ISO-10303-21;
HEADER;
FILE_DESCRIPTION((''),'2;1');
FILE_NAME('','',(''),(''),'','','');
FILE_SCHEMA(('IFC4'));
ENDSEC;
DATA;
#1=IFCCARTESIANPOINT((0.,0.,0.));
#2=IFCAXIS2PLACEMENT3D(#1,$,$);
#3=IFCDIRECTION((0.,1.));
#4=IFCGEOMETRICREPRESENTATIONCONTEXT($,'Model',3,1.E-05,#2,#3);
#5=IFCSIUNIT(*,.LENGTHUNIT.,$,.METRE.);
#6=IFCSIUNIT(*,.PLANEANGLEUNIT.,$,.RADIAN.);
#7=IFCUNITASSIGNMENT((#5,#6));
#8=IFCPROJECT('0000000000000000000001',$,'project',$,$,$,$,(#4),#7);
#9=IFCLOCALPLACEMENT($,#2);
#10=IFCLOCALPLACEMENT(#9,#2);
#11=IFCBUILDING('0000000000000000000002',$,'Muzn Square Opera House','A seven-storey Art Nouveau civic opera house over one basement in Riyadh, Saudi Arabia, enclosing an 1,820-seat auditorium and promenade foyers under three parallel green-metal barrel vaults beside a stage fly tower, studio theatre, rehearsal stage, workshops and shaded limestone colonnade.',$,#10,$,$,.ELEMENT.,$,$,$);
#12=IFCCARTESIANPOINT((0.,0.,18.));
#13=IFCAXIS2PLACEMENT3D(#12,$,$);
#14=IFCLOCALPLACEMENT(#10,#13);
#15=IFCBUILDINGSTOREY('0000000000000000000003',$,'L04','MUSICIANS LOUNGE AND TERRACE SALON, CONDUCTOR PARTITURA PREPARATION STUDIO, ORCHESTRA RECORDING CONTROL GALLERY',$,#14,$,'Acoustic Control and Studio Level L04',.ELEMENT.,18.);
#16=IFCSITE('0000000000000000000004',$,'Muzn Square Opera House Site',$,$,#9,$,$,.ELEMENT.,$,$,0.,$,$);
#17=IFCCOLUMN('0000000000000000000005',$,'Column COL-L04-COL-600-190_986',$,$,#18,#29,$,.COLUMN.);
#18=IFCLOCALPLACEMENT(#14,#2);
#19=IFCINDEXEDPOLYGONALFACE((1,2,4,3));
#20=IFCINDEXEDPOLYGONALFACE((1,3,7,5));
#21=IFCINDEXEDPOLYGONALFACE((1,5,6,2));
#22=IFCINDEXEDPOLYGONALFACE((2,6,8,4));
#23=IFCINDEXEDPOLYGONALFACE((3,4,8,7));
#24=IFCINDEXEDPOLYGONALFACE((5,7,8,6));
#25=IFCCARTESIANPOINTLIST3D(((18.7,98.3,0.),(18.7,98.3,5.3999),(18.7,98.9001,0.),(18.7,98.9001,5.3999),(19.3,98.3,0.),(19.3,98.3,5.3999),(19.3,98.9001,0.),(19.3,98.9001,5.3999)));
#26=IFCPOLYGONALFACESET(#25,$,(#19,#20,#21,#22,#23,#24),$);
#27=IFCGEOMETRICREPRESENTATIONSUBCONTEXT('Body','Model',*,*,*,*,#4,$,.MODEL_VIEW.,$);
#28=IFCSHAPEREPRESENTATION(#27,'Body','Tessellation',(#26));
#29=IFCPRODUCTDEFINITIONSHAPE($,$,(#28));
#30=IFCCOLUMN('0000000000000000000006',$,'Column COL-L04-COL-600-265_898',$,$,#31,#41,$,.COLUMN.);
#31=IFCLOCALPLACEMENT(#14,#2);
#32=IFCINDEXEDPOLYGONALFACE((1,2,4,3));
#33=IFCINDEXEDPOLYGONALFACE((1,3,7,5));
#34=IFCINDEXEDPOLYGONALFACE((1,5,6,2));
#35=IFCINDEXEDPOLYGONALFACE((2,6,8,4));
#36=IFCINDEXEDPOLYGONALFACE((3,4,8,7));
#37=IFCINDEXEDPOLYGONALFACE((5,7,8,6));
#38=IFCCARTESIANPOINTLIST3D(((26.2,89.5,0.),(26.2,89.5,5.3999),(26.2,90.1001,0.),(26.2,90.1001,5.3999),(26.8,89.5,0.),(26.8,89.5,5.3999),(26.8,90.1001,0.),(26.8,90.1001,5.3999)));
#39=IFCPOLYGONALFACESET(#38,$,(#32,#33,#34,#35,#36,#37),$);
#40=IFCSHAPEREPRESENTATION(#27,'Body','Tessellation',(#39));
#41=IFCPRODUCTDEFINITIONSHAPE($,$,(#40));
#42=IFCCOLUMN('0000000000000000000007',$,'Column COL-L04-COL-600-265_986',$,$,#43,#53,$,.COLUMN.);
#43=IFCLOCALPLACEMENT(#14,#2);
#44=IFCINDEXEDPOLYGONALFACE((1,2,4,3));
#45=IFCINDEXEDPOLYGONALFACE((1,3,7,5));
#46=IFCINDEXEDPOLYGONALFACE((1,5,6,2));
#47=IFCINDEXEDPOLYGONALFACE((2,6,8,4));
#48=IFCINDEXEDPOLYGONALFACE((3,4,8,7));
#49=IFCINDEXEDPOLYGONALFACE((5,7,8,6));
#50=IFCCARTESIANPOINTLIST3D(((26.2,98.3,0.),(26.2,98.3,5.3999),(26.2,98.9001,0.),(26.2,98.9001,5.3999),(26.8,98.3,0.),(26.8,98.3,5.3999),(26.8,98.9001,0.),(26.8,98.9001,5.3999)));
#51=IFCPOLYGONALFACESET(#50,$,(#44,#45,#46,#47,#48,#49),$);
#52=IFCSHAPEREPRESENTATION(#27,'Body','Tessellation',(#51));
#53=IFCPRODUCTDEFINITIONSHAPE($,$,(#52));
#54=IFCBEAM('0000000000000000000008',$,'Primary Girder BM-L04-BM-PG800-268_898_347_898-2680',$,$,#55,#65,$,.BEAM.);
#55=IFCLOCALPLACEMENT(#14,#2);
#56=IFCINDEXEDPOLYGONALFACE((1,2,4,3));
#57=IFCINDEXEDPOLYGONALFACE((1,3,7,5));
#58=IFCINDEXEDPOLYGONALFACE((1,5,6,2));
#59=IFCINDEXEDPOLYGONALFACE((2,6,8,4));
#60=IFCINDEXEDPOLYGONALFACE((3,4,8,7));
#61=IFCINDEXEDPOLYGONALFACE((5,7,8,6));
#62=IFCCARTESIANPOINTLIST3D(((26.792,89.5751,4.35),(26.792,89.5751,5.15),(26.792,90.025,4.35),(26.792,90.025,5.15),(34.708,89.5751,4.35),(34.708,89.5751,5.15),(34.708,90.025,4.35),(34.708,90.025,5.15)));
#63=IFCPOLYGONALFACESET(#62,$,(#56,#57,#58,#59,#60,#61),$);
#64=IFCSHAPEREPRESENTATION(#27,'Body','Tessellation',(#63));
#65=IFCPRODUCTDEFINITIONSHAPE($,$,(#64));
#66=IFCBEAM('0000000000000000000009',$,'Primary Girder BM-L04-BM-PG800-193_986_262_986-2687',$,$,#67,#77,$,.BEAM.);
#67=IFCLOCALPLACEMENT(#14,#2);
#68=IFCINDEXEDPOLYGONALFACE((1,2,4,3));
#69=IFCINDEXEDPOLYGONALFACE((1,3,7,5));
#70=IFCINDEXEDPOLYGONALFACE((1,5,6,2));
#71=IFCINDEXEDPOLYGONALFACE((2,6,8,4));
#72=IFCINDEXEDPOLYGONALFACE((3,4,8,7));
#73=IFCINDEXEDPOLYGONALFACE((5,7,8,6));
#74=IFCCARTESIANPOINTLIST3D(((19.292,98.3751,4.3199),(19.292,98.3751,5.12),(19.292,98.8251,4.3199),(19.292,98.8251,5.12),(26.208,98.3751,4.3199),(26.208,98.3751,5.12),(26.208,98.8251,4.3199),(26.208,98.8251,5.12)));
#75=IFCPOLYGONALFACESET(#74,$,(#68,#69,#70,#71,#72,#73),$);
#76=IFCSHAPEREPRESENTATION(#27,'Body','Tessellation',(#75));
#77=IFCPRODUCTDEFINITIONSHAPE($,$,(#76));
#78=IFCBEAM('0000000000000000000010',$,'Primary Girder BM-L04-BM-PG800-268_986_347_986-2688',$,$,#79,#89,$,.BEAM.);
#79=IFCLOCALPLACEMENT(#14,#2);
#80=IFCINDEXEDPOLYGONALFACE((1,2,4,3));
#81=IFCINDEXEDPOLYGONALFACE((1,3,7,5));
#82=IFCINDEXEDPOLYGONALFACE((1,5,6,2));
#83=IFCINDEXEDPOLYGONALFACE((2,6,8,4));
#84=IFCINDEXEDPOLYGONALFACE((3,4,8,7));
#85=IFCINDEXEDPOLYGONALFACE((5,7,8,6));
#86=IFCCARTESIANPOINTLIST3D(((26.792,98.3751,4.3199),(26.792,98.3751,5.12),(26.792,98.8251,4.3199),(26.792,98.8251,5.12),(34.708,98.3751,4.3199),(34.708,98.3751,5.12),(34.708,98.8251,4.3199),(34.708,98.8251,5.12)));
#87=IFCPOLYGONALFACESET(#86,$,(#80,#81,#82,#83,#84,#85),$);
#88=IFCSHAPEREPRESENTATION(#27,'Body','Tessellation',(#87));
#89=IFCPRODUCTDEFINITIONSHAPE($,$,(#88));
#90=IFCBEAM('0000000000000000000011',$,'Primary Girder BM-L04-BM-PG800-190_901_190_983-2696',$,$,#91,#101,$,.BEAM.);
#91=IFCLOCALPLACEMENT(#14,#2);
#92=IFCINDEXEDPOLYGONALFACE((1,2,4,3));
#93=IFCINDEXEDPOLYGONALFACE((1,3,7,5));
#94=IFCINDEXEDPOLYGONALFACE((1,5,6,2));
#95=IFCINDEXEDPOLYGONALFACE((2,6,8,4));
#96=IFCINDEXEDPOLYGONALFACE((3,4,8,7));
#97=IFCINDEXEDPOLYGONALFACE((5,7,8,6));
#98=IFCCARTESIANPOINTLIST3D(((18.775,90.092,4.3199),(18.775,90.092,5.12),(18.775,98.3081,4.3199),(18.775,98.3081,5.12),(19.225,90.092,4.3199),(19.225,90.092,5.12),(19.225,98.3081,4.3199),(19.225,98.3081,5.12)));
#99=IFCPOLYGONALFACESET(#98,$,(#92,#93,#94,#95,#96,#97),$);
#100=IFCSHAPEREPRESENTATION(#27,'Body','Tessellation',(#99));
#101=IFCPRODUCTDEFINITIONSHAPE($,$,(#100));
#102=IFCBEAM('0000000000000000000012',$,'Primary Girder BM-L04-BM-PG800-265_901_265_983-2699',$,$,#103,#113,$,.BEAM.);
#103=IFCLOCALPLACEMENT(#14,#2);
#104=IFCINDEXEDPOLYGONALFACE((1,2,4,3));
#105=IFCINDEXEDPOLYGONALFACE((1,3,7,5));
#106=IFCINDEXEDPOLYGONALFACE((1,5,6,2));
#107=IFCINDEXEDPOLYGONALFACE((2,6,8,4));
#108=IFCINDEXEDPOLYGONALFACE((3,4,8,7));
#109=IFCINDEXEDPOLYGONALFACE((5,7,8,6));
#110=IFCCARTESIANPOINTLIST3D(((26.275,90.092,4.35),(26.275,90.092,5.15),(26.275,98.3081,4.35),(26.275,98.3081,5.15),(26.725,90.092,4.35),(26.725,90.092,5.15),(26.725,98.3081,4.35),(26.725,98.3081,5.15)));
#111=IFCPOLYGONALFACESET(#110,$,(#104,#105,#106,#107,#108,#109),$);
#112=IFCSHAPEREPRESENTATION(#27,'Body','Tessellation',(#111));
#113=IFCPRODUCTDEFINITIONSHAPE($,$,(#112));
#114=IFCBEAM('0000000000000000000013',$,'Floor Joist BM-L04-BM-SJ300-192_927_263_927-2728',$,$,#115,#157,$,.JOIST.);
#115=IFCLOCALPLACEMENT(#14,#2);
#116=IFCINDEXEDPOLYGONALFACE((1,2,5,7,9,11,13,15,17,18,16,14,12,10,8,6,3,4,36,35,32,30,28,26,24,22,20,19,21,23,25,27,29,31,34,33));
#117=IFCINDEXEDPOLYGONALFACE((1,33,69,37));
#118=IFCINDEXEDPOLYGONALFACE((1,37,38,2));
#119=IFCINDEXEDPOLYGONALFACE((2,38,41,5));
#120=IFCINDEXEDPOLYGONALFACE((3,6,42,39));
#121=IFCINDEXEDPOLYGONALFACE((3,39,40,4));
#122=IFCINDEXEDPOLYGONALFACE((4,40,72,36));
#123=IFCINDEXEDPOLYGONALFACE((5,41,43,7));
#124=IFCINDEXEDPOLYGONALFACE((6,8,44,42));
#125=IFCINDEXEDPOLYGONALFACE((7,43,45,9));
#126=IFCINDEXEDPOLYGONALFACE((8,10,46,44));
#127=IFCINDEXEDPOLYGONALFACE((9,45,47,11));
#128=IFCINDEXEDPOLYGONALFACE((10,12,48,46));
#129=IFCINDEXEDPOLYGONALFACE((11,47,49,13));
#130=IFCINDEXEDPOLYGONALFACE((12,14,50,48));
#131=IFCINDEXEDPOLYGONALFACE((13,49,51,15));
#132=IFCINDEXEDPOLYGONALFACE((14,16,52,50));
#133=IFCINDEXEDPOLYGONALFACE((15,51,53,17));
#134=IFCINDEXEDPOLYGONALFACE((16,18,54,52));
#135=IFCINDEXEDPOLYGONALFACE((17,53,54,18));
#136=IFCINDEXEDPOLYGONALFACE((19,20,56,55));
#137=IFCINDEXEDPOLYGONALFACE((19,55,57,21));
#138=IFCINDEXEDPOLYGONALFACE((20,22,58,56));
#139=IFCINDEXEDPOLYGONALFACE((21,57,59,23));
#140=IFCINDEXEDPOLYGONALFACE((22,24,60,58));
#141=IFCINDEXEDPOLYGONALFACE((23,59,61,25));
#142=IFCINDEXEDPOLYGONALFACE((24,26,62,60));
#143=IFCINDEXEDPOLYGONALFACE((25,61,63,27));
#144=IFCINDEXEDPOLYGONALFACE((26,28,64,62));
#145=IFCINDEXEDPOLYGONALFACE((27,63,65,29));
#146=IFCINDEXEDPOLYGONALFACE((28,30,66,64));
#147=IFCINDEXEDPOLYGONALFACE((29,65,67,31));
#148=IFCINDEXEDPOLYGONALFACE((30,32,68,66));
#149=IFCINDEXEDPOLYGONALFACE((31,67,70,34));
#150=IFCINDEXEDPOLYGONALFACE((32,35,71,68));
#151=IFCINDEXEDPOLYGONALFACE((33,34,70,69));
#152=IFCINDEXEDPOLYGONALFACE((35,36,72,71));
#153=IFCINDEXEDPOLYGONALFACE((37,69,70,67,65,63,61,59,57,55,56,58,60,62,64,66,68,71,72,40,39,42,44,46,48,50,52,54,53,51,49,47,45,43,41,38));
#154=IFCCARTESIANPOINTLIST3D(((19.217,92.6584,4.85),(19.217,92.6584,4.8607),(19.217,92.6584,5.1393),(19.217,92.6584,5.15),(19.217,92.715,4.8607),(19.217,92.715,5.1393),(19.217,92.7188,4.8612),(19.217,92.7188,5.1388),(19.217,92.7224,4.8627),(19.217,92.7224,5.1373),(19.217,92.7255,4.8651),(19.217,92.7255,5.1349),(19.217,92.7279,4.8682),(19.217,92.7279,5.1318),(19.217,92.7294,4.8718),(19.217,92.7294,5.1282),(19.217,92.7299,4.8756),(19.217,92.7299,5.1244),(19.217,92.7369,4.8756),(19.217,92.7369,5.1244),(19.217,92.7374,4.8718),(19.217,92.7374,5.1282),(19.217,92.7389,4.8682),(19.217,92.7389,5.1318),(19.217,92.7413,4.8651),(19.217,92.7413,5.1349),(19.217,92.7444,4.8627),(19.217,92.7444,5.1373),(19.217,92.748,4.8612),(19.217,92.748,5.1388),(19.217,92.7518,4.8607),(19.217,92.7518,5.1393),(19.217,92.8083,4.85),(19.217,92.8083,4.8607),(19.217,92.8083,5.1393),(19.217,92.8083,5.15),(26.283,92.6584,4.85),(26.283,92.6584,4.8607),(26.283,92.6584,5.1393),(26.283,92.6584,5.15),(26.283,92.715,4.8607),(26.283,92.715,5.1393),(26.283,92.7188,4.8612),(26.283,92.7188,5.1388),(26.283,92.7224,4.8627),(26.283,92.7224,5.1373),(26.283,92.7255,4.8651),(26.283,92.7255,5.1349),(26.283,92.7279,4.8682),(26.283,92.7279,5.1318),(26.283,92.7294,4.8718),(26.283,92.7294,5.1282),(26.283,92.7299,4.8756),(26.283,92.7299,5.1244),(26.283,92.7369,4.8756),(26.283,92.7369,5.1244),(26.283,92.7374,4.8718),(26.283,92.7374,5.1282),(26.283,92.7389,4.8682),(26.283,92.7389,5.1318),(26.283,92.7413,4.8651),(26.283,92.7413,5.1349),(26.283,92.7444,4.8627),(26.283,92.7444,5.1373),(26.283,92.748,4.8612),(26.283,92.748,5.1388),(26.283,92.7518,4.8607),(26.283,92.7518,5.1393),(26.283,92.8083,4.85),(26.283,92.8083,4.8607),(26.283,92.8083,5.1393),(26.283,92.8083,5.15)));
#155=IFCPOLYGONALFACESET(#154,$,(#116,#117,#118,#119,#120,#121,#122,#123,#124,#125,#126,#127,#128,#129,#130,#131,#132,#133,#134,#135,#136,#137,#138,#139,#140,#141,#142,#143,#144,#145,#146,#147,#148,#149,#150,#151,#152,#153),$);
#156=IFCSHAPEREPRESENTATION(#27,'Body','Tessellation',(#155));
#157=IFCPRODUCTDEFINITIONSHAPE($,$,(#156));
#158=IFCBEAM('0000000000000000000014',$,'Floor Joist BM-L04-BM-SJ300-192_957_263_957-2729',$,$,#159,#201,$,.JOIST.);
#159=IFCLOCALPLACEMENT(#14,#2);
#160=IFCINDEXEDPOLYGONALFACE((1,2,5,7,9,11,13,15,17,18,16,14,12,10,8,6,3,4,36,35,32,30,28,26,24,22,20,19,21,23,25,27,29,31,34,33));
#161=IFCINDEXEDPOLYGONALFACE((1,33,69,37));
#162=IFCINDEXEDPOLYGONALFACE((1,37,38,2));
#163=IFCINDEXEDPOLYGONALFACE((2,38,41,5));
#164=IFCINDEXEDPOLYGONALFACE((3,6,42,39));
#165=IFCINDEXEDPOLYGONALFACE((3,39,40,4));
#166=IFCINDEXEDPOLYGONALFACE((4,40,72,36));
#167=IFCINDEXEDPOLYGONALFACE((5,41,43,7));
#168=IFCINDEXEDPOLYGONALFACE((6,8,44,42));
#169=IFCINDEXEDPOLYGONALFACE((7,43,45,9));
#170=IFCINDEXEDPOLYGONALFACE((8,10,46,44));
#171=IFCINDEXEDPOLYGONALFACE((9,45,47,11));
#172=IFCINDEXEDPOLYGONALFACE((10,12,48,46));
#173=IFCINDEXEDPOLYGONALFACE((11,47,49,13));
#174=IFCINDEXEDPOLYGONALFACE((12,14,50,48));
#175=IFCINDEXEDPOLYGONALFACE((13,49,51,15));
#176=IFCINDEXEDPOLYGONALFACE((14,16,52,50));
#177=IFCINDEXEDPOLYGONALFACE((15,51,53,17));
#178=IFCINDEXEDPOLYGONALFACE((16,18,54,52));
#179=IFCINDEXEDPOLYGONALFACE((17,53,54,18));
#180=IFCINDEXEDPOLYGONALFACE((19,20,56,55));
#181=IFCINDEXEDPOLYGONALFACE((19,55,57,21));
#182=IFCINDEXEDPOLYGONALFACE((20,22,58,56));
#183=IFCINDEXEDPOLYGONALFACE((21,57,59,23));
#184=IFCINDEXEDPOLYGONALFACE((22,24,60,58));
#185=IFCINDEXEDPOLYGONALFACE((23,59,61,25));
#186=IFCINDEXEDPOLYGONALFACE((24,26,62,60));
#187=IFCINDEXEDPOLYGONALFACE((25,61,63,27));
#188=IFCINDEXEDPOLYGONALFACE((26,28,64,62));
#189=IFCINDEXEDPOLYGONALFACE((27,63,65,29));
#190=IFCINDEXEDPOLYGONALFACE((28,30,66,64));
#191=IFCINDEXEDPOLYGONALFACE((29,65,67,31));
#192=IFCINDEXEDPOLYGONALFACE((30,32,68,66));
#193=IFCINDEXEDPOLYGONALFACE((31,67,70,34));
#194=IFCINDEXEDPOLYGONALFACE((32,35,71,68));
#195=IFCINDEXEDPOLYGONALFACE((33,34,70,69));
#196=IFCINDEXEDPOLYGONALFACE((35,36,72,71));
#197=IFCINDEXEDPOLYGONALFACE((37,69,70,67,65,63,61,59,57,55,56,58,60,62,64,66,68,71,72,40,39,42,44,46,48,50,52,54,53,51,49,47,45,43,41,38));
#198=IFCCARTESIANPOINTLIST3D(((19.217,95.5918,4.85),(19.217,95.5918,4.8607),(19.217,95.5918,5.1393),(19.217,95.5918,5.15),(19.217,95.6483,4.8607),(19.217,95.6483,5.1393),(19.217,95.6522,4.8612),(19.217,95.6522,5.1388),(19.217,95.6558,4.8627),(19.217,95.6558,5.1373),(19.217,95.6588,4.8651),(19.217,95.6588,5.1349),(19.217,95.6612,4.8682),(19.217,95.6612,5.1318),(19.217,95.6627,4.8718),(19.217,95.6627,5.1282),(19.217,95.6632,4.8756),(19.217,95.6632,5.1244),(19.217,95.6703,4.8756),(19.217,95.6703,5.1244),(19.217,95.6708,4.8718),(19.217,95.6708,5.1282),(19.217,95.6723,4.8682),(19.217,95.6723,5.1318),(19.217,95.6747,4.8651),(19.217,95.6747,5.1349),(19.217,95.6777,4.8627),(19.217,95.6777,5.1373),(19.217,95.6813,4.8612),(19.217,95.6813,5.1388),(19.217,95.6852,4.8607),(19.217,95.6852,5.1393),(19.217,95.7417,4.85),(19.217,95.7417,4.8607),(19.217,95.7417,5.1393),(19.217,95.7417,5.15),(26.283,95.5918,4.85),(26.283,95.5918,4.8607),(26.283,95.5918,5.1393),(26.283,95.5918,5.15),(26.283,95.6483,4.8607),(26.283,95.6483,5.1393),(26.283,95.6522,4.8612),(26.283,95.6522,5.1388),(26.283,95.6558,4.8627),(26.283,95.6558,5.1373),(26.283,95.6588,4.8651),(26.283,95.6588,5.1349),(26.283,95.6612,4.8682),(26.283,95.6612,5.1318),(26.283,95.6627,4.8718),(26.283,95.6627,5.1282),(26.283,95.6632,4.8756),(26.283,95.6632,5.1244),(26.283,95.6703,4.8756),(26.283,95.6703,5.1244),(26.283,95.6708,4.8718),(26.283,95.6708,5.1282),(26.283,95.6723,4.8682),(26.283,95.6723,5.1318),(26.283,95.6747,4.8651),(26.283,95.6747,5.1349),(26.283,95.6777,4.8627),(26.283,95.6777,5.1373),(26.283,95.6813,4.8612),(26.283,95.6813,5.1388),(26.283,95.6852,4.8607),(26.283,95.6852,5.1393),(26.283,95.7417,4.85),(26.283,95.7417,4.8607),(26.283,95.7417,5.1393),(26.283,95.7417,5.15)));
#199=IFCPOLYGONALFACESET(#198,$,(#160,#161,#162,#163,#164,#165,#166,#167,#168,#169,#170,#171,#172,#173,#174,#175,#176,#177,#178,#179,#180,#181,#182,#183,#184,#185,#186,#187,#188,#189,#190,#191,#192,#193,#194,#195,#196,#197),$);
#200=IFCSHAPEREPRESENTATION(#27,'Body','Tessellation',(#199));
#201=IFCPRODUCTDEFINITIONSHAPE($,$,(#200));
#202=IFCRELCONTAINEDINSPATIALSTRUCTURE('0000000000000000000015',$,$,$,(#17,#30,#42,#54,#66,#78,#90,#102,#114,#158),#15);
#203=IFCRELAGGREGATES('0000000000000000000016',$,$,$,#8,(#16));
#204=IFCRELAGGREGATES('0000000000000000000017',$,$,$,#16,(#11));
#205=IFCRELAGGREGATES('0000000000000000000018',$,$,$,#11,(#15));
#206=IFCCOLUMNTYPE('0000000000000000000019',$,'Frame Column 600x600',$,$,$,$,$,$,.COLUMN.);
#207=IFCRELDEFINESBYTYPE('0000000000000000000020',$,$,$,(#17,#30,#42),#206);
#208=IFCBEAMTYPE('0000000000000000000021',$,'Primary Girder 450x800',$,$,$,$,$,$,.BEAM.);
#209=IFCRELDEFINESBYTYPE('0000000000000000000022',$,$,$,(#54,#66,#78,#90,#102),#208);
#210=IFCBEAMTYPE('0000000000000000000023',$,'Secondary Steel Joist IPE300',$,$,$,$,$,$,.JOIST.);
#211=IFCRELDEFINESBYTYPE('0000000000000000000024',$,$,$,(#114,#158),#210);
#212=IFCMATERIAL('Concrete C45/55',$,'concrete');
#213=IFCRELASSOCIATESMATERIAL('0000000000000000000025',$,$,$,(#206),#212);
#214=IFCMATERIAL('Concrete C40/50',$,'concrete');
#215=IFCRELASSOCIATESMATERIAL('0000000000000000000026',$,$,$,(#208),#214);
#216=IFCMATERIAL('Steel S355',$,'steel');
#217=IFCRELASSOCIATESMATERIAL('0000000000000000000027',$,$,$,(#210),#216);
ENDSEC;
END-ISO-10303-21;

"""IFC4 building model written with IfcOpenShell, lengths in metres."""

from ifc_helpers import new_model, si_unit, direction, frame, origin, origin_2d, place, context, subcontext, project, spatial, rectangle, i_section, extrude, material, material_profile, profile_set, type_object, element, save


model = new_model("IFC4")

# Units and contexts
model_context = context("Model", 3, precision=1e-05, world=origin(), true_north=direction((0.0, 1.0)))
body_context = subcontext(model_context, "Body", "Model", "MODEL_VIEW")
ifc_project = project(units=[si_unit("LENGTHUNIT", "METRE"), si_unit("PLANEANGLEUNIT", "RADIAN")], contexts=[model_context])

# Site, building, storey
site_placement = place(None, origin())
site = spatial("IfcSite", under=ifc_project, at=site_placement, Name="Muzn Square Opera House Site", CompositionType="ELEMENT", RefElevation=0.0)
building_placement = place(site_placement, origin())
building = spatial("IfcBuilding", under=site, at=building_placement, Name="Muzn Square Opera House", Description="A seven-storey Art Nouveau civic opera house over one basement in Riyadh, Saudi Arabia, enclosing an 1,820-seat auditorium and promenade foyers under three parallel green-metal barrel vaults beside a stage fly tower, studio theatre, rehearsal stage, workshops and shaded limestone colonnade.", CompositionType="ELEMENT")
storey_placement = place(building_placement, frame((0.0, 0.0, 18.0)))
storey = spatial("IfcBuildingStorey", under=building, at=storey_placement, Name="L04", Description="MUSICIANS LOUNGE AND TERRACE SALON, CONDUCTOR PARTITURA PREPARATION STUDIO, ORCHESTRA RECORDING CONTROL GALLERY", LongName="Acoustic Control and Studio Level L04", CompositionType="ELEMENT", Elevation=18.0)

# Columns
ifc_material_1 = material(Name="Concrete C45/55", Category="concrete")
ifc_material_profile_1 = material_profile(ifc_material_1, rectangle(XDim=0.6001, YDim=0.6001, at=origin_2d()), Name="RC 600x600", Category="concrete")
ifc_profile_set_1 = profile_set([ifc_material_profile_1], Name="Concrete C45/55")
column_type = type_object("IfcColumnType", Name="Frame Column 600x600", PredefinedType="COLUMN", material=ifc_profile_set_1)
for number, where, z_axis, x_axis, name in (
    (1, (19.0, 98.6001, 0.0), (0.0, 0.0, 1.0), (1.0, 0.0, 0.0), "Column COL-L04-COL-600-190_986"),
    (2, (26.5, 89.8, 0.0), (0.0, 0.0, 1.0), (1.0, 0.0, 0.0), "Column COL-L04-COL-600-265_898"),
    (3, (26.5, 98.6001, 0.0), (0.0, 0.0, 1.0), (1.0, 0.0, 0.0), "Column COL-L04-COL-600-265_986"),
):
    element("IfcColumn", number, at=place(storey_placement, frame(where, z_axis=z_axis, x_axis=x_axis)), inside=storey, type_object=column_type, Name=name, PredefinedType="COLUMN", context=body_context, shape_type="SweptSolid", body=[
        extrude(rectangle(XDim=0.6001, YDim=0.6001, at=origin_2d()), origin(), (0.0, 0.0, 1.0), 5.3999),
    ])

# Beams
ifc_material_2 = material(Name="Concrete C40/50", Category="concrete")
ifc_material_profile_2 = material_profile(ifc_material_2, rectangle(XDim=0.45, YDim=0.8, at=origin_2d()), Name="RCB 450x800", Category="concrete")
ifc_profile_set_2 = profile_set([ifc_material_profile_2], Name="Concrete C40/50")
beam_type_1 = type_object("IfcBeamType", Name="Primary Girder 450x800", PredefinedType="BEAM", material=ifc_profile_set_2)
beam_1_placement = place(storey_placement, frame((26.792, 89.8, 4.75), z_axis=(1.0, 0.0, 0.0), x_axis=(0.0, 1.0, 0.0)))
element("IfcBeam", 4, at=beam_1_placement, inside=storey, type_object=beam_type_1, Name="Primary Girder BM-L04-BM-PG800-268_898_347_898-2680", PredefinedType="BEAM", context=body_context, shape_type="SweptSolid", body=[
    extrude(rectangle(XDim=0.45, YDim=0.8, at=origin_2d()), origin(), (0.0, 0.0, 1.0), 7.916),
])
beam_2_placement = place(storey_placement, frame((19.292, 98.6001, 4.72), z_axis=(1.0, 0.0, 0.0), x_axis=(0.0, 1.0, 0.0)))
element("IfcBeam", 5, at=beam_2_placement, inside=storey, type_object=beam_type_1, Name="Primary Girder BM-L04-BM-PG800-193_986_262_986-2687", PredefinedType="BEAM", context=body_context, shape_type="SweptSolid", body=[
    extrude(rectangle(XDim=0.45, YDim=0.8, at=origin_2d()), origin(), (0.0, 0.0, 1.0), 6.916),
])
beam_3_placement = place(storey_placement, frame((26.792, 98.6001, 4.72), z_axis=(1.0, 0.0, 0.0), x_axis=(0.0, 1.0, 0.0)))
element("IfcBeam", 6, at=beam_3_placement, inside=storey, type_object=beam_type_1, Name="Primary Girder BM-L04-BM-PG800-268_986_347_986-2688", PredefinedType="BEAM", context=body_context, shape_type="SweptSolid", body=[
    extrude(rectangle(XDim=0.45, YDim=0.8, at=origin_2d()), origin(), (0.0, 0.0, 1.0), 7.916),
])
for number, where, z_axis, x_axis, name in (
    (7, (19.0, 90.092, 4.72), (0.0, 1.0, 0.0), (-1.0, 0.0, 0.0), "Primary Girder BM-L04-BM-PG800-190_901_190_983-2696"),
    (8, (26.5, 90.092, 4.75), (0.0, 1.0, 0.0), (-1.0, 0.0, 0.0), "Primary Girder BM-L04-BM-PG800-265_901_265_983-2699"),
):
    element("IfcBeam", number, at=place(storey_placement, frame(where, z_axis=z_axis, x_axis=x_axis)), inside=storey, type_object=beam_type_1, Name=name, PredefinedType="BEAM", context=body_context, shape_type="SweptSolid", body=[
        extrude(rectangle(XDim=0.45, YDim=0.8, at=origin_2d()), origin(), (0.0, 0.0, 1.0), 8.2161),
    ])
ifc_material_3 = material(Name="Steel S355", Category="steel")
ifc_material_profile_3 = material_profile(ifc_material_3, i_section(OverallWidth=0.1499, OverallDepth=0.3, WebThickness=0.0071, FlangeThickness=0.0107, FilletRadius=0.0149, at=origin_2d()), Name="IPE 300", Category="steel")
ifc_profile_set_3 = profile_set([ifc_material_profile_3], Name="Steel S355")
beam_type_2 = type_object("IfcBeamType", Name="Secondary Steel Joist IPE300", PredefinedType="JOIST", material=ifc_profile_set_3)
for number, where, z_axis, x_axis, name in (
    (9, (19.217, 92.7334, 5.0), (1.0, 0.0, 0.0), (0.0, 1.0, 0.0), "Floor Joist BM-L04-BM-SJ300-192_927_263_927-2728"),
    (10, (19.217, 95.6667, 5.0), (1.0, 0.0, 0.0), (0.0, 1.0, 0.0), "Floor Joist BM-L04-BM-SJ300-192_957_263_957-2729"),
):
    element("IfcBeam", number, at=place(storey_placement, frame(where, z_axis=z_axis, x_axis=x_axis)), inside=storey, type_object=beam_type_2, Name=name, PredefinedType="JOIST", context=body_context, shape_type="SweptSolid", body=[
        extrude(i_section(OverallWidth=0.1499, OverallDepth=0.3, WebThickness=0.0071, FlangeThickness=0.0107, FilletRadius=0.0149, at=origin_2d()), origin(), (0.0, 0.0, 1.0), 7.0659),
    ])

save(model, "model.ifc")
